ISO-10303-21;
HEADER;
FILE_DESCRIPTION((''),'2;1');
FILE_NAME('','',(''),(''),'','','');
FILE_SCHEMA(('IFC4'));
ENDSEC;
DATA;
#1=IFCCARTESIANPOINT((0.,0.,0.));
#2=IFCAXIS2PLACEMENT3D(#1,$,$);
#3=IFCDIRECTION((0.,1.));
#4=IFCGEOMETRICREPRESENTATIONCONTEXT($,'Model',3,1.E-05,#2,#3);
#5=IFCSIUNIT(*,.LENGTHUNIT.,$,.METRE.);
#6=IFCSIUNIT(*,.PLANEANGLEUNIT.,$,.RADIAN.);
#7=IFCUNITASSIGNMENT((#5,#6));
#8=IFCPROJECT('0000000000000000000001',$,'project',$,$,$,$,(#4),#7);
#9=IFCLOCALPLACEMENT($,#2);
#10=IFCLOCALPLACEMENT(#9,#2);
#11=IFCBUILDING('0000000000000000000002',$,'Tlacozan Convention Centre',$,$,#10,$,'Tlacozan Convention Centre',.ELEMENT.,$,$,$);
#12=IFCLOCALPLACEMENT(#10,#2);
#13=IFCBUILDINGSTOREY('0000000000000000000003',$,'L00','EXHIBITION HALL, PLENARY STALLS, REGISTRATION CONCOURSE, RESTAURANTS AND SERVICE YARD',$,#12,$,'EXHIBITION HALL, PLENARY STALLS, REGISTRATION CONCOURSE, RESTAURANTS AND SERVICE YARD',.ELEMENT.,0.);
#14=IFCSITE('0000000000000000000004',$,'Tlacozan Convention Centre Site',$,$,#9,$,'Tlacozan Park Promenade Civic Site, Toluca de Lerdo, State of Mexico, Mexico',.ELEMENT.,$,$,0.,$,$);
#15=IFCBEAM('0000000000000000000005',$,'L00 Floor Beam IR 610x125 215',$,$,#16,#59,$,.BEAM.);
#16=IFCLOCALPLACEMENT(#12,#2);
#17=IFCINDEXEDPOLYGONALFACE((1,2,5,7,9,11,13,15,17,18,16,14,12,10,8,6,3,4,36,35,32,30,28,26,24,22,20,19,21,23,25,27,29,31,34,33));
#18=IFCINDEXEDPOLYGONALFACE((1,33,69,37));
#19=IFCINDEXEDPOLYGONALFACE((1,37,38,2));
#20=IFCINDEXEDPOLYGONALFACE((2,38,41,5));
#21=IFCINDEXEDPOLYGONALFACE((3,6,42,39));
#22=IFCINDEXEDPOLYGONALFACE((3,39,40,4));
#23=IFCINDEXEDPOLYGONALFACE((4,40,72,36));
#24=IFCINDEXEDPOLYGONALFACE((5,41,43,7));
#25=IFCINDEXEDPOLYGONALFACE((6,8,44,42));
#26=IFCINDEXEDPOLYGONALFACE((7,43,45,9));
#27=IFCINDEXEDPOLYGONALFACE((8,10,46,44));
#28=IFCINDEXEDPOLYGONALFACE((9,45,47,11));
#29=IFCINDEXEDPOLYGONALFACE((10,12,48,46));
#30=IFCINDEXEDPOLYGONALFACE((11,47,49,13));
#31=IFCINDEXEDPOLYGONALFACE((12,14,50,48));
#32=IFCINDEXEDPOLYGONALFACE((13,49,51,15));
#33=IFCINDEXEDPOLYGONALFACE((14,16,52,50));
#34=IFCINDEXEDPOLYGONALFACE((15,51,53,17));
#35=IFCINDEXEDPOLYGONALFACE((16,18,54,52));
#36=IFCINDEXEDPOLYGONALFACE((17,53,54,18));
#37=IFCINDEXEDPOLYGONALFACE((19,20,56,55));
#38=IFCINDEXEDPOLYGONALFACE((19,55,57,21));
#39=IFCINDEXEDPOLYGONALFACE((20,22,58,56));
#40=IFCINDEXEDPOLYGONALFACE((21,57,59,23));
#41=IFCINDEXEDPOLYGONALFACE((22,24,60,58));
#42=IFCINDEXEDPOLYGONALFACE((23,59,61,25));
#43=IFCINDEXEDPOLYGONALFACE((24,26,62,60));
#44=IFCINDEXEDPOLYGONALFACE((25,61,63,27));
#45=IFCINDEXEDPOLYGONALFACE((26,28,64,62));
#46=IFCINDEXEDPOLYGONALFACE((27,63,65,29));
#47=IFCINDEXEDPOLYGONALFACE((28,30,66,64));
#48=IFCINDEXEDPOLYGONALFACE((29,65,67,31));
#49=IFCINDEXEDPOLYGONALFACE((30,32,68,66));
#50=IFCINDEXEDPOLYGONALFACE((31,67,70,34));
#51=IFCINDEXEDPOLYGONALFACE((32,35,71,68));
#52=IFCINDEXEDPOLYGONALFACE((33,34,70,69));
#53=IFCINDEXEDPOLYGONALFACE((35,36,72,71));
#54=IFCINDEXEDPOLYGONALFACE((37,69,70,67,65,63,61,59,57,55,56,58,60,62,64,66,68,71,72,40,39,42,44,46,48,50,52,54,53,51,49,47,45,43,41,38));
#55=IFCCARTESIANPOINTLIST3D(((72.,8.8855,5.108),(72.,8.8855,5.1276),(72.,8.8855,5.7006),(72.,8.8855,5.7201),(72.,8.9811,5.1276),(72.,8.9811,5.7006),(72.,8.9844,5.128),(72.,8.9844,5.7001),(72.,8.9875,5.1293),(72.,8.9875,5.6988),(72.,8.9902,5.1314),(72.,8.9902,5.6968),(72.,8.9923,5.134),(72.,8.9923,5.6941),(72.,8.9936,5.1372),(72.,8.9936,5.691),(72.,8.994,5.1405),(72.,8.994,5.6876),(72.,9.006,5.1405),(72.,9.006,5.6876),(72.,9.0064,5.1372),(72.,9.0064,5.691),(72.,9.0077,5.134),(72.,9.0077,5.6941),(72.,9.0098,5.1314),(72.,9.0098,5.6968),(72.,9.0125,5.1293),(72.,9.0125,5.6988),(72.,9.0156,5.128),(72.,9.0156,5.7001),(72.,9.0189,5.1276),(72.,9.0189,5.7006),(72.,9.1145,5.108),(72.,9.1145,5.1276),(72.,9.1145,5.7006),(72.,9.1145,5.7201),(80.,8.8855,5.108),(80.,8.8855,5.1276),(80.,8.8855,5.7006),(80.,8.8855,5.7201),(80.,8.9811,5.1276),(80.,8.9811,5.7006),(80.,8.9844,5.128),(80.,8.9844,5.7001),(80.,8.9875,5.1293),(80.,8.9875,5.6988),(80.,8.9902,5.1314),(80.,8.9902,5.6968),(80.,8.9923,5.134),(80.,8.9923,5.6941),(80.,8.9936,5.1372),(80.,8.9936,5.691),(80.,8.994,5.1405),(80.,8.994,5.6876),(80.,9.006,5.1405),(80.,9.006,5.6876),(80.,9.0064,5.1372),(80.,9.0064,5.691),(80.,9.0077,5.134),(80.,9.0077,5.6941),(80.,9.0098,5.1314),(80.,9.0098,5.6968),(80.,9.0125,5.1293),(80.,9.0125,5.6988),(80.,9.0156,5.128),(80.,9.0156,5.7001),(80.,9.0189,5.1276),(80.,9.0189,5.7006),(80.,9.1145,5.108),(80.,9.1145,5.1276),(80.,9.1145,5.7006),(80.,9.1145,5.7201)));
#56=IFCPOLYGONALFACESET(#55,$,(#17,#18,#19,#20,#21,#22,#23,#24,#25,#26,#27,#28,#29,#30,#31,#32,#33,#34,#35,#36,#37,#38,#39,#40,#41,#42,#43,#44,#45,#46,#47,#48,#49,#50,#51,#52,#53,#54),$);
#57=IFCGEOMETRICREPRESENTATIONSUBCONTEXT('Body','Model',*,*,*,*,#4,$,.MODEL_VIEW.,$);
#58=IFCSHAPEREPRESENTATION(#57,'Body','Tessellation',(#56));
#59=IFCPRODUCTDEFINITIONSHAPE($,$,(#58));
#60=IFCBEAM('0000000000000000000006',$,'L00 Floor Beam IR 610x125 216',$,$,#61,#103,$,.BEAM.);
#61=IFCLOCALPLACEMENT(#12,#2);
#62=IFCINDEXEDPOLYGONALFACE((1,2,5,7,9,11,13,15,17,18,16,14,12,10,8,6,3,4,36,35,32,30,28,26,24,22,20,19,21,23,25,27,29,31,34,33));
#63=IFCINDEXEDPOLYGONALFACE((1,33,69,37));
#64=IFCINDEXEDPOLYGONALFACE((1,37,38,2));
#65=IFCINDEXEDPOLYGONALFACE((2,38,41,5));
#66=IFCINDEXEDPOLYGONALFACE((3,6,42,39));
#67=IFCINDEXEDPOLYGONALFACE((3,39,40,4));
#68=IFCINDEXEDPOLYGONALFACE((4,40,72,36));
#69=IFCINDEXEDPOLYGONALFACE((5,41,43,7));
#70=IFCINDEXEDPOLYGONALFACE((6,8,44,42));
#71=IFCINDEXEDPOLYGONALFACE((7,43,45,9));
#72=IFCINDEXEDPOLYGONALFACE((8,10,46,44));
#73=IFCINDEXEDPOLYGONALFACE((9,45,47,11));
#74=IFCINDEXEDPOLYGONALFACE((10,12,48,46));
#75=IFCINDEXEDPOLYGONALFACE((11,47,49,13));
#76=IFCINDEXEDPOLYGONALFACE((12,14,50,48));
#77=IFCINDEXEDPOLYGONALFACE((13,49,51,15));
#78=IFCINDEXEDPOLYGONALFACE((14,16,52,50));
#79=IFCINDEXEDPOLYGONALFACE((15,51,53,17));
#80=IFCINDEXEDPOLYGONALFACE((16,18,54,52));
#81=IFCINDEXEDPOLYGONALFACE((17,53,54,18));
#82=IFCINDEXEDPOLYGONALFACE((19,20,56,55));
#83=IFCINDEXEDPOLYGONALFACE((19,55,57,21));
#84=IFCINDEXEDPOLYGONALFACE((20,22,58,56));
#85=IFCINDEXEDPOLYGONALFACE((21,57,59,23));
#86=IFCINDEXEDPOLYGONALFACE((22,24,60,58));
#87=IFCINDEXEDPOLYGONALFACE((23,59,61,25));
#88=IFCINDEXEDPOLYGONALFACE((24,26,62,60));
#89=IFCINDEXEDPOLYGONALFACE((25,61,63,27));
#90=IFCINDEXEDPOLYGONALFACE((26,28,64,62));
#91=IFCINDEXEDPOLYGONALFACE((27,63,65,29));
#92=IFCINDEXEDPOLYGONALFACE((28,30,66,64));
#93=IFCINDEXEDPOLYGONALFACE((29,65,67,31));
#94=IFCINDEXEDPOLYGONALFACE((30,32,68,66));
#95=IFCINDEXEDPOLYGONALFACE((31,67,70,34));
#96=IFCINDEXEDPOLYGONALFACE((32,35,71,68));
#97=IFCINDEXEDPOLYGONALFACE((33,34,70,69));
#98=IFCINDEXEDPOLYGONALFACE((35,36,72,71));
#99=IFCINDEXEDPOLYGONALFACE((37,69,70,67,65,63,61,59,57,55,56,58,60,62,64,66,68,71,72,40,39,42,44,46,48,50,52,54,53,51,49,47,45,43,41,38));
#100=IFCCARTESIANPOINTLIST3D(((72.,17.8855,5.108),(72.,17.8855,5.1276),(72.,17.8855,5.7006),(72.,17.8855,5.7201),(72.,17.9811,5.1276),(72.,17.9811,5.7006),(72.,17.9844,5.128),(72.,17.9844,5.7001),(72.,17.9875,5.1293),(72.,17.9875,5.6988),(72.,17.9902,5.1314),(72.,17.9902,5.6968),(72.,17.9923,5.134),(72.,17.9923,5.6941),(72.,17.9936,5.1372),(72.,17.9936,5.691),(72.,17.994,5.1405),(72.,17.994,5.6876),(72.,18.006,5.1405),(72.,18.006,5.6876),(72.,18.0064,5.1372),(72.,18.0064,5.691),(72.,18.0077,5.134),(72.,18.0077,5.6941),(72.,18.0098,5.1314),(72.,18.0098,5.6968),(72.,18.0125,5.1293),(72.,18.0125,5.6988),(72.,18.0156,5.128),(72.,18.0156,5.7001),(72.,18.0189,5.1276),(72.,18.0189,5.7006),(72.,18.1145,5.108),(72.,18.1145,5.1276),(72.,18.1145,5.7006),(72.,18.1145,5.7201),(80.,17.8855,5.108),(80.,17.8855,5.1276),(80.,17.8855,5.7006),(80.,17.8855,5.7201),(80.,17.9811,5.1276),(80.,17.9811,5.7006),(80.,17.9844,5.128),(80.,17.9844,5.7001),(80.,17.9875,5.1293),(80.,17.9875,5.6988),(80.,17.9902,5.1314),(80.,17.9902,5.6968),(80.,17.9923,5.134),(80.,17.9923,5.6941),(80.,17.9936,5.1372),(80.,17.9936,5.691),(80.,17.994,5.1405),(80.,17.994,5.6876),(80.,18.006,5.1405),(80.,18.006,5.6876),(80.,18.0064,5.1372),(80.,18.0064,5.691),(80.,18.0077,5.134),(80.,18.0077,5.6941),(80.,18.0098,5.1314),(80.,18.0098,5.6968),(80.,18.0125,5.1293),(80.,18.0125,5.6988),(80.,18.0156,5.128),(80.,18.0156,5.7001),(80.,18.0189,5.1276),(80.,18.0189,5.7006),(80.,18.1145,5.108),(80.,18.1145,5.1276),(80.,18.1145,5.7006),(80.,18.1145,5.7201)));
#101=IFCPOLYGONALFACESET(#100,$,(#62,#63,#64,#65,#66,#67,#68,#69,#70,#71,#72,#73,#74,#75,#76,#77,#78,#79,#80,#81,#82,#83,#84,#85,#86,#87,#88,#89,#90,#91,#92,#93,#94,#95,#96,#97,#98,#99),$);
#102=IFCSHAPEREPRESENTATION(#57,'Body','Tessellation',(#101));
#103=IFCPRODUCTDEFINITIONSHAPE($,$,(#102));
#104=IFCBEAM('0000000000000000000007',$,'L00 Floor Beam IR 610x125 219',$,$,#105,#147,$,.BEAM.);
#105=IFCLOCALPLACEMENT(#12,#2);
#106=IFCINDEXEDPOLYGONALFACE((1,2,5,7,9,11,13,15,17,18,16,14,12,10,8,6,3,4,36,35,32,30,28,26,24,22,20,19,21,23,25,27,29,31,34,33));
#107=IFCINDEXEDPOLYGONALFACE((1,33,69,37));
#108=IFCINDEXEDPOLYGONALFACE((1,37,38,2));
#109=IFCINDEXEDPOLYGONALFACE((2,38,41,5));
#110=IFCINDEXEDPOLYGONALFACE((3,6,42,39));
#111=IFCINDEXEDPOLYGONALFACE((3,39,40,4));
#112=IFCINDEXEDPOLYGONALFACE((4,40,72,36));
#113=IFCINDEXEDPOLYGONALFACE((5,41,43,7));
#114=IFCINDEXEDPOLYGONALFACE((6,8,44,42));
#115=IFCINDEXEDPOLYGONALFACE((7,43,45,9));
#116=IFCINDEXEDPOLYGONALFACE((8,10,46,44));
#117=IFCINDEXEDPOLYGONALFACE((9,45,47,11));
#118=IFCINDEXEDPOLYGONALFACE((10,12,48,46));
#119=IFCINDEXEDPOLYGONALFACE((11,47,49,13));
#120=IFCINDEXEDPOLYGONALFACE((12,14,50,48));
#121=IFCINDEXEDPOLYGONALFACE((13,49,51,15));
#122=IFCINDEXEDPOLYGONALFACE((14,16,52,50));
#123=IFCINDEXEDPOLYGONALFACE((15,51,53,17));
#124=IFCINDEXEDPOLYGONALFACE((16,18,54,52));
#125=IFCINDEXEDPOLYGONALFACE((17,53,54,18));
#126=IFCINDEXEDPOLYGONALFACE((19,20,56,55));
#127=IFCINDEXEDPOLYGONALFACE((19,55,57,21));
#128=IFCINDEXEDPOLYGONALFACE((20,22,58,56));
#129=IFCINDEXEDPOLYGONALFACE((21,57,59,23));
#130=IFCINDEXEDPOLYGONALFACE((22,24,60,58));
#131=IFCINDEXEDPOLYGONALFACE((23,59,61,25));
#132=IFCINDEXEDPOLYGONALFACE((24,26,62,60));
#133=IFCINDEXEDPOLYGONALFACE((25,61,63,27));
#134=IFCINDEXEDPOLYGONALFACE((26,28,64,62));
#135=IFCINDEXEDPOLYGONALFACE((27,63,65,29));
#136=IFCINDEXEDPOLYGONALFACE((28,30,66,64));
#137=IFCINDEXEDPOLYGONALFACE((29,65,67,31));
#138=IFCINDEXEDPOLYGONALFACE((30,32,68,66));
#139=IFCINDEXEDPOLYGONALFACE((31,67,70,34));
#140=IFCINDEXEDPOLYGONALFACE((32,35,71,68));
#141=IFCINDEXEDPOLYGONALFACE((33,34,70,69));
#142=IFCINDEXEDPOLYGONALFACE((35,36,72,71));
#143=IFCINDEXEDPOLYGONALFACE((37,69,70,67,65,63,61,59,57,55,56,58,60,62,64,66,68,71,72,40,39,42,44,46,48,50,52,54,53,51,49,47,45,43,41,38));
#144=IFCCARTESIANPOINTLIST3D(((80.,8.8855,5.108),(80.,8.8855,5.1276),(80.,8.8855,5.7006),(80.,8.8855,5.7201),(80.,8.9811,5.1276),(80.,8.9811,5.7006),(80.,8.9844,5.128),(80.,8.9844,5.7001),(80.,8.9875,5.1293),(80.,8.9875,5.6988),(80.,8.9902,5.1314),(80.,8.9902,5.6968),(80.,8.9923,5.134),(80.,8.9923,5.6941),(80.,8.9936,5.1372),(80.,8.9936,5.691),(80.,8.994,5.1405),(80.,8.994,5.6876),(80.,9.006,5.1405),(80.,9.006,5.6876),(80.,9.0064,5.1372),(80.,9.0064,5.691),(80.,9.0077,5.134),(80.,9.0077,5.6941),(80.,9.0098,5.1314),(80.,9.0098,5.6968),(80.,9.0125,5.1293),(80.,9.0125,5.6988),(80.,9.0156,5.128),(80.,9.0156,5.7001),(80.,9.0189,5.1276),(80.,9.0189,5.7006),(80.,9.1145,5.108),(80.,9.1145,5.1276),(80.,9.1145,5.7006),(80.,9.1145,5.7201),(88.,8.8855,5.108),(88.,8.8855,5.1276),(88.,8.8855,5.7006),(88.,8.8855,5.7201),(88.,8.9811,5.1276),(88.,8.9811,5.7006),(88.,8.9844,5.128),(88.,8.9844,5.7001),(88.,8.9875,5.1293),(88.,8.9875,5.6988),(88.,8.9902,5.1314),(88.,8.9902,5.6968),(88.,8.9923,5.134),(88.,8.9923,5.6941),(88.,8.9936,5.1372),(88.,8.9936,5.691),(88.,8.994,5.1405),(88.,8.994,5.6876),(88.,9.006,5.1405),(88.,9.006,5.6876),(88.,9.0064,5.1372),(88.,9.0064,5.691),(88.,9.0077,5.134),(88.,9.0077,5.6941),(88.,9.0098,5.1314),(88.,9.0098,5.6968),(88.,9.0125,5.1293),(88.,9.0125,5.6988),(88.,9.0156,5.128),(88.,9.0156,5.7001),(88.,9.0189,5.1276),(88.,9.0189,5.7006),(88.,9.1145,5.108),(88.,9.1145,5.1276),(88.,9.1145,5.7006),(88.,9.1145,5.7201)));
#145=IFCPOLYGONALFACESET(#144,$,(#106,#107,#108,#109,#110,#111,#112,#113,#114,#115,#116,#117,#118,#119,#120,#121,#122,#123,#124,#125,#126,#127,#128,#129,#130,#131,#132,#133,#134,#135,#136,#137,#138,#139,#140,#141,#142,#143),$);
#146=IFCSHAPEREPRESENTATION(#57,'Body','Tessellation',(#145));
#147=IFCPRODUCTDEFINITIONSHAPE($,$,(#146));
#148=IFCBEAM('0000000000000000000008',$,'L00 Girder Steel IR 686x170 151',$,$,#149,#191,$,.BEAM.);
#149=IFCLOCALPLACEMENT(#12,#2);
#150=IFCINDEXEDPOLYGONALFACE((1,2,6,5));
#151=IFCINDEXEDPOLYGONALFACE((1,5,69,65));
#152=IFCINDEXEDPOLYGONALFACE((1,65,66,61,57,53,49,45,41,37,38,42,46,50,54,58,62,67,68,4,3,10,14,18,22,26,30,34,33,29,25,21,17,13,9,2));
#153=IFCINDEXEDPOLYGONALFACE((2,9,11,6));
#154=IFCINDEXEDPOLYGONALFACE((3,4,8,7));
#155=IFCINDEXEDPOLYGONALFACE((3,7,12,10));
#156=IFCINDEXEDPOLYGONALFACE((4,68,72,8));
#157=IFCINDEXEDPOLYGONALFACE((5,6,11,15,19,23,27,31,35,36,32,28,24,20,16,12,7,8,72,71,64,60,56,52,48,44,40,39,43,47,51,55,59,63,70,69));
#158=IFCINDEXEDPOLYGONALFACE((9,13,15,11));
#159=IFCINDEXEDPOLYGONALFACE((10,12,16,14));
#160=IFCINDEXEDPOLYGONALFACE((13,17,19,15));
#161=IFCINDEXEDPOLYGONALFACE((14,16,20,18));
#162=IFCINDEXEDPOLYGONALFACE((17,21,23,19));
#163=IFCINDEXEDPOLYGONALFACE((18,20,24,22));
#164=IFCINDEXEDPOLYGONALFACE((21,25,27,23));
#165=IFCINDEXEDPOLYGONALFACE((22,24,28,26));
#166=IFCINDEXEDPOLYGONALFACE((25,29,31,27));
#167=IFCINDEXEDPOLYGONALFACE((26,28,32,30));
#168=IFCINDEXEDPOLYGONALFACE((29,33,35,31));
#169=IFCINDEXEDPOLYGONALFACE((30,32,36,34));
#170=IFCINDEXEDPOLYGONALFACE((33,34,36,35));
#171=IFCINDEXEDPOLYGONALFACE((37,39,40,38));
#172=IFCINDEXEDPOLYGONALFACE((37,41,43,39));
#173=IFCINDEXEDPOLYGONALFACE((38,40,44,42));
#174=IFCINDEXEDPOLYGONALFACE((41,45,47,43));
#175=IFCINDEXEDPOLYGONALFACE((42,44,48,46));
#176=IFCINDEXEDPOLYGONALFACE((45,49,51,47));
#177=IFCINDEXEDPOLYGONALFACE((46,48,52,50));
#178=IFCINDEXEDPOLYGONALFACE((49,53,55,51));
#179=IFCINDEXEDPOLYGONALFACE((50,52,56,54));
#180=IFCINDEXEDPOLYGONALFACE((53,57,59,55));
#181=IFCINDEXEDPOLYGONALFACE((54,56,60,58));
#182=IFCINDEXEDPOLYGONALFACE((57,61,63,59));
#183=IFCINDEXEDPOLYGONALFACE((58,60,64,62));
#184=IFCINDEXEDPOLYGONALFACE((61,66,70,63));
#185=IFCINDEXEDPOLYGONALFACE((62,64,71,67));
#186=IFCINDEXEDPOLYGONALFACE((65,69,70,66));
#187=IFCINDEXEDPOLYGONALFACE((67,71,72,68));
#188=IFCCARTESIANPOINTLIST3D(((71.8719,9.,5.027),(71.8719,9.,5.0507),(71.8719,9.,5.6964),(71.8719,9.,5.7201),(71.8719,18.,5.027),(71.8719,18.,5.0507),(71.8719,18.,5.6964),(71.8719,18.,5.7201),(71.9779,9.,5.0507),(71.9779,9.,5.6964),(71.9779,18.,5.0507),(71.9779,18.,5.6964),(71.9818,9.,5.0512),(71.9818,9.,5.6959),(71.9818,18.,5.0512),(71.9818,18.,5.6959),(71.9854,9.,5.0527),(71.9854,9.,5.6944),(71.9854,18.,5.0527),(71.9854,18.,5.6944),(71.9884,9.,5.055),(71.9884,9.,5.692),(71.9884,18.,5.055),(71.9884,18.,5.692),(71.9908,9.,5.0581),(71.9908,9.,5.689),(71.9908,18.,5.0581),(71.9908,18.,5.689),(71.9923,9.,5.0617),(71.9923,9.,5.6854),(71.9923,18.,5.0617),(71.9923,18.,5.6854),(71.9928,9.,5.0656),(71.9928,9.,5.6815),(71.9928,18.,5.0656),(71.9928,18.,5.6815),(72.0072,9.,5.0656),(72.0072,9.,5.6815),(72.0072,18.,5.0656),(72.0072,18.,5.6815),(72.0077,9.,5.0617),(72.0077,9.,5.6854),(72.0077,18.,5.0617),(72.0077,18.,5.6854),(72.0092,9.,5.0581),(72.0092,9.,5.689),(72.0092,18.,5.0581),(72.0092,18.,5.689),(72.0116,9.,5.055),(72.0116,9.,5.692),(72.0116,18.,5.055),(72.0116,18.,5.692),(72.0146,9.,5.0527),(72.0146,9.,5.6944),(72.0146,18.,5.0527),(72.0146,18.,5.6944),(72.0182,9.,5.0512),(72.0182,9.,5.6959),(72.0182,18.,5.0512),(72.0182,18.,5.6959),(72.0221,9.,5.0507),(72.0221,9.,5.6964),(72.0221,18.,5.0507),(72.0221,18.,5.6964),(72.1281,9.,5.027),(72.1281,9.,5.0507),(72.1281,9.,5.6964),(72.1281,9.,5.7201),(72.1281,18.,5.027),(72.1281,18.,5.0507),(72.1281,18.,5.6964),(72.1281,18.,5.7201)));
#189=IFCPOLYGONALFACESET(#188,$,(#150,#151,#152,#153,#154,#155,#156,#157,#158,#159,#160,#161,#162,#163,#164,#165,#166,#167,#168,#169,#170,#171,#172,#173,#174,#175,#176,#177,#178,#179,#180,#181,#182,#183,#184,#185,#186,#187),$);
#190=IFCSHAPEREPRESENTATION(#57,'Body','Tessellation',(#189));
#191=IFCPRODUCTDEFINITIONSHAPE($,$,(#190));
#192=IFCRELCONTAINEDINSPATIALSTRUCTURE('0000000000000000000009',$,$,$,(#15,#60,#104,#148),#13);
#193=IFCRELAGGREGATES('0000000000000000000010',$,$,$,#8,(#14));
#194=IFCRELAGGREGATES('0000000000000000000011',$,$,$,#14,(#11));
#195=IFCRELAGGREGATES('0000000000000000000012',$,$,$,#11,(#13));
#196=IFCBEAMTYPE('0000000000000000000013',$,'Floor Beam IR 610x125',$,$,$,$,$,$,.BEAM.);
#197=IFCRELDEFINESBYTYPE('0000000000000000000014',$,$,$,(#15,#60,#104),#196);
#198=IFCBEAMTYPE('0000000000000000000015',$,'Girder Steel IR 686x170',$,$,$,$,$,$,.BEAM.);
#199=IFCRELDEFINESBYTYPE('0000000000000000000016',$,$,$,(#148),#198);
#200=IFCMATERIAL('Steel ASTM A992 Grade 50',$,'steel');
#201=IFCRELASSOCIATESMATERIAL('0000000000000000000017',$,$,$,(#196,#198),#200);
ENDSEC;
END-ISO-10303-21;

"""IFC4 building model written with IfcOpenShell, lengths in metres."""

from ifc_helpers import new_model, si_unit, direction, frame, origin, origin_2d, place, context, subcontext, project, spatial, i_section, extrude, material, material_profile, profile_set, type_object, element, save


model = new_model("IFC4")

# Units and contexts
model_context = context("Model", 3, precision=1e-05, world=origin(), true_north=direction((0.0, 1.0)))
body_context = subcontext(model_context, "Body", "Model", "MODEL_VIEW")
ifc_project = project(units=[si_unit("LENGTHUNIT", "METRE"), si_unit("PLANEANGLEUNIT", "RADIAN")], contexts=[model_context])

# Site, building, storey
site_placement = place(None, origin())
site = spatial("IfcSite", under=ifc_project, at=site_placement, Name="Tlacozan Convention Centre Site", LongName="Tlacozan Park Promenade Civic Site, Toluca de Lerdo, State of Mexico, Mexico", CompositionType="ELEMENT", RefElevation=0.0)
building_placement = place(site_placement, origin())
building = spatial("IfcBuilding", under=site, at=building_placement, Name="Tlacozan Convention Centre", LongName="Tlacozan Convention Centre", CompositionType="ELEMENT")
storey_placement = place(building_placement, origin())
storey = spatial("IfcBuildingStorey", under=building, at=storey_placement, Name="L00", Description="EXHIBITION HALL, PLENARY STALLS, REGISTRATION CONCOURSE, RESTAURANTS AND SERVICE YARD", LongName="EXHIBITION HALL, PLENARY STALLS, REGISTRATION CONCOURSE, RESTAURANTS AND SERVICE YARD", CompositionType="ELEMENT", Elevation=0.0)

# Beams
ifc_material_1 = material(Name="Steel ASTM A992 Grade 50", Category="steel")
ifc_material_profile_1 = material_profile(ifc_material_1, i_section(OverallWidth=0.229, OverallDepth=0.6121, WebThickness=0.012, FlangeThickness=0.0195, FilletRadius=0.0129, at=origin_2d()), Name="IR 610x125.0")
ifc_profile_set_1 = profile_set([ifc_material_profile_1], Name="Steel ASTM A992 Grade 50")
beam_type_1 = type_object("IfcBeamType", Name="Floor Beam IR 610x125", PredefinedType="BEAM", material=ifc_profile_set_1)
for number, where, z_axis, x_axis, name in (
    (1, (72.0, 9.0, 5.4141), (1.0, 0.0, 0.0), (0.0, 1.0, 0.0), "L00 Floor Beam IR 610x125 215"),
    (2, (72.0, 18.0, 5.4141), (1.0, 0.0, 0.0), (0.0, 1.0, 0.0), "L00 Floor Beam IR 610x125 216"),
    (3, (80.0, 9.0, 5.4141), (1.0, 0.0, 0.0), (0.0, 1.0, 0.0), "L00 Floor Beam IR 610x125 219"),
):
    element("IfcBeam", number, at=place(storey_placement, frame(where, z_axis=z_axis, x_axis=x_axis)), inside=storey, type_object=beam_type_1, Name=name, PredefinedType="BEAM", context=body_context, shape_type="SweptSolid", body=[
        extrude(i_section(OverallWidth=0.229, OverallDepth=0.6121, WebThickness=0.012, FlangeThickness=0.0195, FilletRadius=0.0129, at=origin_2d()), origin(), (0.0, 0.0, 1.0), 8.0),
    ])
ifc_material_profile_2 = material_profile(ifc_material_1, i_section(OverallWidth=0.2561, OverallDepth=0.6931, WebThickness=0.0144, FlangeThickness=0.0237, FilletRadius=0.0149, at=origin_2d()), Name="IR 686x170.0")
ifc_profile_set_2 = profile_set([ifc_material_profile_2], Name="Steel ASTM A992 Grade 50")
beam_type_2 = type_object("IfcBeamType", Name="Girder Steel IR 686x170", PredefinedType="BEAM", material=ifc_profile_set_2)
for number, where, z_axis, x_axis, name in (
    (4, (72.0, 9.0, 5.3735), (0.0, 1.0, 0.0), (-1.0, 0.0, 0.0), "L00 Girder Steel IR 686x170 151"),
):
    element("IfcBeam", number, at=place(storey_placement, frame(where, z_axis=z_axis, x_axis=x_axis)), inside=storey, type_object=beam_type_2, Name=name, PredefinedType="BEAM", context=body_context, shape_type="SweptSolid", body=[
        extrude(i_section(OverallWidth=0.2561, OverallDepth=0.6931, WebThickness=0.0144, FlangeThickness=0.0237, FilletRadius=0.0149, at=origin_2d()), origin(), (0.0, 0.0, 1.0), 9.0),
    ])

save(model, "model.ifc")
